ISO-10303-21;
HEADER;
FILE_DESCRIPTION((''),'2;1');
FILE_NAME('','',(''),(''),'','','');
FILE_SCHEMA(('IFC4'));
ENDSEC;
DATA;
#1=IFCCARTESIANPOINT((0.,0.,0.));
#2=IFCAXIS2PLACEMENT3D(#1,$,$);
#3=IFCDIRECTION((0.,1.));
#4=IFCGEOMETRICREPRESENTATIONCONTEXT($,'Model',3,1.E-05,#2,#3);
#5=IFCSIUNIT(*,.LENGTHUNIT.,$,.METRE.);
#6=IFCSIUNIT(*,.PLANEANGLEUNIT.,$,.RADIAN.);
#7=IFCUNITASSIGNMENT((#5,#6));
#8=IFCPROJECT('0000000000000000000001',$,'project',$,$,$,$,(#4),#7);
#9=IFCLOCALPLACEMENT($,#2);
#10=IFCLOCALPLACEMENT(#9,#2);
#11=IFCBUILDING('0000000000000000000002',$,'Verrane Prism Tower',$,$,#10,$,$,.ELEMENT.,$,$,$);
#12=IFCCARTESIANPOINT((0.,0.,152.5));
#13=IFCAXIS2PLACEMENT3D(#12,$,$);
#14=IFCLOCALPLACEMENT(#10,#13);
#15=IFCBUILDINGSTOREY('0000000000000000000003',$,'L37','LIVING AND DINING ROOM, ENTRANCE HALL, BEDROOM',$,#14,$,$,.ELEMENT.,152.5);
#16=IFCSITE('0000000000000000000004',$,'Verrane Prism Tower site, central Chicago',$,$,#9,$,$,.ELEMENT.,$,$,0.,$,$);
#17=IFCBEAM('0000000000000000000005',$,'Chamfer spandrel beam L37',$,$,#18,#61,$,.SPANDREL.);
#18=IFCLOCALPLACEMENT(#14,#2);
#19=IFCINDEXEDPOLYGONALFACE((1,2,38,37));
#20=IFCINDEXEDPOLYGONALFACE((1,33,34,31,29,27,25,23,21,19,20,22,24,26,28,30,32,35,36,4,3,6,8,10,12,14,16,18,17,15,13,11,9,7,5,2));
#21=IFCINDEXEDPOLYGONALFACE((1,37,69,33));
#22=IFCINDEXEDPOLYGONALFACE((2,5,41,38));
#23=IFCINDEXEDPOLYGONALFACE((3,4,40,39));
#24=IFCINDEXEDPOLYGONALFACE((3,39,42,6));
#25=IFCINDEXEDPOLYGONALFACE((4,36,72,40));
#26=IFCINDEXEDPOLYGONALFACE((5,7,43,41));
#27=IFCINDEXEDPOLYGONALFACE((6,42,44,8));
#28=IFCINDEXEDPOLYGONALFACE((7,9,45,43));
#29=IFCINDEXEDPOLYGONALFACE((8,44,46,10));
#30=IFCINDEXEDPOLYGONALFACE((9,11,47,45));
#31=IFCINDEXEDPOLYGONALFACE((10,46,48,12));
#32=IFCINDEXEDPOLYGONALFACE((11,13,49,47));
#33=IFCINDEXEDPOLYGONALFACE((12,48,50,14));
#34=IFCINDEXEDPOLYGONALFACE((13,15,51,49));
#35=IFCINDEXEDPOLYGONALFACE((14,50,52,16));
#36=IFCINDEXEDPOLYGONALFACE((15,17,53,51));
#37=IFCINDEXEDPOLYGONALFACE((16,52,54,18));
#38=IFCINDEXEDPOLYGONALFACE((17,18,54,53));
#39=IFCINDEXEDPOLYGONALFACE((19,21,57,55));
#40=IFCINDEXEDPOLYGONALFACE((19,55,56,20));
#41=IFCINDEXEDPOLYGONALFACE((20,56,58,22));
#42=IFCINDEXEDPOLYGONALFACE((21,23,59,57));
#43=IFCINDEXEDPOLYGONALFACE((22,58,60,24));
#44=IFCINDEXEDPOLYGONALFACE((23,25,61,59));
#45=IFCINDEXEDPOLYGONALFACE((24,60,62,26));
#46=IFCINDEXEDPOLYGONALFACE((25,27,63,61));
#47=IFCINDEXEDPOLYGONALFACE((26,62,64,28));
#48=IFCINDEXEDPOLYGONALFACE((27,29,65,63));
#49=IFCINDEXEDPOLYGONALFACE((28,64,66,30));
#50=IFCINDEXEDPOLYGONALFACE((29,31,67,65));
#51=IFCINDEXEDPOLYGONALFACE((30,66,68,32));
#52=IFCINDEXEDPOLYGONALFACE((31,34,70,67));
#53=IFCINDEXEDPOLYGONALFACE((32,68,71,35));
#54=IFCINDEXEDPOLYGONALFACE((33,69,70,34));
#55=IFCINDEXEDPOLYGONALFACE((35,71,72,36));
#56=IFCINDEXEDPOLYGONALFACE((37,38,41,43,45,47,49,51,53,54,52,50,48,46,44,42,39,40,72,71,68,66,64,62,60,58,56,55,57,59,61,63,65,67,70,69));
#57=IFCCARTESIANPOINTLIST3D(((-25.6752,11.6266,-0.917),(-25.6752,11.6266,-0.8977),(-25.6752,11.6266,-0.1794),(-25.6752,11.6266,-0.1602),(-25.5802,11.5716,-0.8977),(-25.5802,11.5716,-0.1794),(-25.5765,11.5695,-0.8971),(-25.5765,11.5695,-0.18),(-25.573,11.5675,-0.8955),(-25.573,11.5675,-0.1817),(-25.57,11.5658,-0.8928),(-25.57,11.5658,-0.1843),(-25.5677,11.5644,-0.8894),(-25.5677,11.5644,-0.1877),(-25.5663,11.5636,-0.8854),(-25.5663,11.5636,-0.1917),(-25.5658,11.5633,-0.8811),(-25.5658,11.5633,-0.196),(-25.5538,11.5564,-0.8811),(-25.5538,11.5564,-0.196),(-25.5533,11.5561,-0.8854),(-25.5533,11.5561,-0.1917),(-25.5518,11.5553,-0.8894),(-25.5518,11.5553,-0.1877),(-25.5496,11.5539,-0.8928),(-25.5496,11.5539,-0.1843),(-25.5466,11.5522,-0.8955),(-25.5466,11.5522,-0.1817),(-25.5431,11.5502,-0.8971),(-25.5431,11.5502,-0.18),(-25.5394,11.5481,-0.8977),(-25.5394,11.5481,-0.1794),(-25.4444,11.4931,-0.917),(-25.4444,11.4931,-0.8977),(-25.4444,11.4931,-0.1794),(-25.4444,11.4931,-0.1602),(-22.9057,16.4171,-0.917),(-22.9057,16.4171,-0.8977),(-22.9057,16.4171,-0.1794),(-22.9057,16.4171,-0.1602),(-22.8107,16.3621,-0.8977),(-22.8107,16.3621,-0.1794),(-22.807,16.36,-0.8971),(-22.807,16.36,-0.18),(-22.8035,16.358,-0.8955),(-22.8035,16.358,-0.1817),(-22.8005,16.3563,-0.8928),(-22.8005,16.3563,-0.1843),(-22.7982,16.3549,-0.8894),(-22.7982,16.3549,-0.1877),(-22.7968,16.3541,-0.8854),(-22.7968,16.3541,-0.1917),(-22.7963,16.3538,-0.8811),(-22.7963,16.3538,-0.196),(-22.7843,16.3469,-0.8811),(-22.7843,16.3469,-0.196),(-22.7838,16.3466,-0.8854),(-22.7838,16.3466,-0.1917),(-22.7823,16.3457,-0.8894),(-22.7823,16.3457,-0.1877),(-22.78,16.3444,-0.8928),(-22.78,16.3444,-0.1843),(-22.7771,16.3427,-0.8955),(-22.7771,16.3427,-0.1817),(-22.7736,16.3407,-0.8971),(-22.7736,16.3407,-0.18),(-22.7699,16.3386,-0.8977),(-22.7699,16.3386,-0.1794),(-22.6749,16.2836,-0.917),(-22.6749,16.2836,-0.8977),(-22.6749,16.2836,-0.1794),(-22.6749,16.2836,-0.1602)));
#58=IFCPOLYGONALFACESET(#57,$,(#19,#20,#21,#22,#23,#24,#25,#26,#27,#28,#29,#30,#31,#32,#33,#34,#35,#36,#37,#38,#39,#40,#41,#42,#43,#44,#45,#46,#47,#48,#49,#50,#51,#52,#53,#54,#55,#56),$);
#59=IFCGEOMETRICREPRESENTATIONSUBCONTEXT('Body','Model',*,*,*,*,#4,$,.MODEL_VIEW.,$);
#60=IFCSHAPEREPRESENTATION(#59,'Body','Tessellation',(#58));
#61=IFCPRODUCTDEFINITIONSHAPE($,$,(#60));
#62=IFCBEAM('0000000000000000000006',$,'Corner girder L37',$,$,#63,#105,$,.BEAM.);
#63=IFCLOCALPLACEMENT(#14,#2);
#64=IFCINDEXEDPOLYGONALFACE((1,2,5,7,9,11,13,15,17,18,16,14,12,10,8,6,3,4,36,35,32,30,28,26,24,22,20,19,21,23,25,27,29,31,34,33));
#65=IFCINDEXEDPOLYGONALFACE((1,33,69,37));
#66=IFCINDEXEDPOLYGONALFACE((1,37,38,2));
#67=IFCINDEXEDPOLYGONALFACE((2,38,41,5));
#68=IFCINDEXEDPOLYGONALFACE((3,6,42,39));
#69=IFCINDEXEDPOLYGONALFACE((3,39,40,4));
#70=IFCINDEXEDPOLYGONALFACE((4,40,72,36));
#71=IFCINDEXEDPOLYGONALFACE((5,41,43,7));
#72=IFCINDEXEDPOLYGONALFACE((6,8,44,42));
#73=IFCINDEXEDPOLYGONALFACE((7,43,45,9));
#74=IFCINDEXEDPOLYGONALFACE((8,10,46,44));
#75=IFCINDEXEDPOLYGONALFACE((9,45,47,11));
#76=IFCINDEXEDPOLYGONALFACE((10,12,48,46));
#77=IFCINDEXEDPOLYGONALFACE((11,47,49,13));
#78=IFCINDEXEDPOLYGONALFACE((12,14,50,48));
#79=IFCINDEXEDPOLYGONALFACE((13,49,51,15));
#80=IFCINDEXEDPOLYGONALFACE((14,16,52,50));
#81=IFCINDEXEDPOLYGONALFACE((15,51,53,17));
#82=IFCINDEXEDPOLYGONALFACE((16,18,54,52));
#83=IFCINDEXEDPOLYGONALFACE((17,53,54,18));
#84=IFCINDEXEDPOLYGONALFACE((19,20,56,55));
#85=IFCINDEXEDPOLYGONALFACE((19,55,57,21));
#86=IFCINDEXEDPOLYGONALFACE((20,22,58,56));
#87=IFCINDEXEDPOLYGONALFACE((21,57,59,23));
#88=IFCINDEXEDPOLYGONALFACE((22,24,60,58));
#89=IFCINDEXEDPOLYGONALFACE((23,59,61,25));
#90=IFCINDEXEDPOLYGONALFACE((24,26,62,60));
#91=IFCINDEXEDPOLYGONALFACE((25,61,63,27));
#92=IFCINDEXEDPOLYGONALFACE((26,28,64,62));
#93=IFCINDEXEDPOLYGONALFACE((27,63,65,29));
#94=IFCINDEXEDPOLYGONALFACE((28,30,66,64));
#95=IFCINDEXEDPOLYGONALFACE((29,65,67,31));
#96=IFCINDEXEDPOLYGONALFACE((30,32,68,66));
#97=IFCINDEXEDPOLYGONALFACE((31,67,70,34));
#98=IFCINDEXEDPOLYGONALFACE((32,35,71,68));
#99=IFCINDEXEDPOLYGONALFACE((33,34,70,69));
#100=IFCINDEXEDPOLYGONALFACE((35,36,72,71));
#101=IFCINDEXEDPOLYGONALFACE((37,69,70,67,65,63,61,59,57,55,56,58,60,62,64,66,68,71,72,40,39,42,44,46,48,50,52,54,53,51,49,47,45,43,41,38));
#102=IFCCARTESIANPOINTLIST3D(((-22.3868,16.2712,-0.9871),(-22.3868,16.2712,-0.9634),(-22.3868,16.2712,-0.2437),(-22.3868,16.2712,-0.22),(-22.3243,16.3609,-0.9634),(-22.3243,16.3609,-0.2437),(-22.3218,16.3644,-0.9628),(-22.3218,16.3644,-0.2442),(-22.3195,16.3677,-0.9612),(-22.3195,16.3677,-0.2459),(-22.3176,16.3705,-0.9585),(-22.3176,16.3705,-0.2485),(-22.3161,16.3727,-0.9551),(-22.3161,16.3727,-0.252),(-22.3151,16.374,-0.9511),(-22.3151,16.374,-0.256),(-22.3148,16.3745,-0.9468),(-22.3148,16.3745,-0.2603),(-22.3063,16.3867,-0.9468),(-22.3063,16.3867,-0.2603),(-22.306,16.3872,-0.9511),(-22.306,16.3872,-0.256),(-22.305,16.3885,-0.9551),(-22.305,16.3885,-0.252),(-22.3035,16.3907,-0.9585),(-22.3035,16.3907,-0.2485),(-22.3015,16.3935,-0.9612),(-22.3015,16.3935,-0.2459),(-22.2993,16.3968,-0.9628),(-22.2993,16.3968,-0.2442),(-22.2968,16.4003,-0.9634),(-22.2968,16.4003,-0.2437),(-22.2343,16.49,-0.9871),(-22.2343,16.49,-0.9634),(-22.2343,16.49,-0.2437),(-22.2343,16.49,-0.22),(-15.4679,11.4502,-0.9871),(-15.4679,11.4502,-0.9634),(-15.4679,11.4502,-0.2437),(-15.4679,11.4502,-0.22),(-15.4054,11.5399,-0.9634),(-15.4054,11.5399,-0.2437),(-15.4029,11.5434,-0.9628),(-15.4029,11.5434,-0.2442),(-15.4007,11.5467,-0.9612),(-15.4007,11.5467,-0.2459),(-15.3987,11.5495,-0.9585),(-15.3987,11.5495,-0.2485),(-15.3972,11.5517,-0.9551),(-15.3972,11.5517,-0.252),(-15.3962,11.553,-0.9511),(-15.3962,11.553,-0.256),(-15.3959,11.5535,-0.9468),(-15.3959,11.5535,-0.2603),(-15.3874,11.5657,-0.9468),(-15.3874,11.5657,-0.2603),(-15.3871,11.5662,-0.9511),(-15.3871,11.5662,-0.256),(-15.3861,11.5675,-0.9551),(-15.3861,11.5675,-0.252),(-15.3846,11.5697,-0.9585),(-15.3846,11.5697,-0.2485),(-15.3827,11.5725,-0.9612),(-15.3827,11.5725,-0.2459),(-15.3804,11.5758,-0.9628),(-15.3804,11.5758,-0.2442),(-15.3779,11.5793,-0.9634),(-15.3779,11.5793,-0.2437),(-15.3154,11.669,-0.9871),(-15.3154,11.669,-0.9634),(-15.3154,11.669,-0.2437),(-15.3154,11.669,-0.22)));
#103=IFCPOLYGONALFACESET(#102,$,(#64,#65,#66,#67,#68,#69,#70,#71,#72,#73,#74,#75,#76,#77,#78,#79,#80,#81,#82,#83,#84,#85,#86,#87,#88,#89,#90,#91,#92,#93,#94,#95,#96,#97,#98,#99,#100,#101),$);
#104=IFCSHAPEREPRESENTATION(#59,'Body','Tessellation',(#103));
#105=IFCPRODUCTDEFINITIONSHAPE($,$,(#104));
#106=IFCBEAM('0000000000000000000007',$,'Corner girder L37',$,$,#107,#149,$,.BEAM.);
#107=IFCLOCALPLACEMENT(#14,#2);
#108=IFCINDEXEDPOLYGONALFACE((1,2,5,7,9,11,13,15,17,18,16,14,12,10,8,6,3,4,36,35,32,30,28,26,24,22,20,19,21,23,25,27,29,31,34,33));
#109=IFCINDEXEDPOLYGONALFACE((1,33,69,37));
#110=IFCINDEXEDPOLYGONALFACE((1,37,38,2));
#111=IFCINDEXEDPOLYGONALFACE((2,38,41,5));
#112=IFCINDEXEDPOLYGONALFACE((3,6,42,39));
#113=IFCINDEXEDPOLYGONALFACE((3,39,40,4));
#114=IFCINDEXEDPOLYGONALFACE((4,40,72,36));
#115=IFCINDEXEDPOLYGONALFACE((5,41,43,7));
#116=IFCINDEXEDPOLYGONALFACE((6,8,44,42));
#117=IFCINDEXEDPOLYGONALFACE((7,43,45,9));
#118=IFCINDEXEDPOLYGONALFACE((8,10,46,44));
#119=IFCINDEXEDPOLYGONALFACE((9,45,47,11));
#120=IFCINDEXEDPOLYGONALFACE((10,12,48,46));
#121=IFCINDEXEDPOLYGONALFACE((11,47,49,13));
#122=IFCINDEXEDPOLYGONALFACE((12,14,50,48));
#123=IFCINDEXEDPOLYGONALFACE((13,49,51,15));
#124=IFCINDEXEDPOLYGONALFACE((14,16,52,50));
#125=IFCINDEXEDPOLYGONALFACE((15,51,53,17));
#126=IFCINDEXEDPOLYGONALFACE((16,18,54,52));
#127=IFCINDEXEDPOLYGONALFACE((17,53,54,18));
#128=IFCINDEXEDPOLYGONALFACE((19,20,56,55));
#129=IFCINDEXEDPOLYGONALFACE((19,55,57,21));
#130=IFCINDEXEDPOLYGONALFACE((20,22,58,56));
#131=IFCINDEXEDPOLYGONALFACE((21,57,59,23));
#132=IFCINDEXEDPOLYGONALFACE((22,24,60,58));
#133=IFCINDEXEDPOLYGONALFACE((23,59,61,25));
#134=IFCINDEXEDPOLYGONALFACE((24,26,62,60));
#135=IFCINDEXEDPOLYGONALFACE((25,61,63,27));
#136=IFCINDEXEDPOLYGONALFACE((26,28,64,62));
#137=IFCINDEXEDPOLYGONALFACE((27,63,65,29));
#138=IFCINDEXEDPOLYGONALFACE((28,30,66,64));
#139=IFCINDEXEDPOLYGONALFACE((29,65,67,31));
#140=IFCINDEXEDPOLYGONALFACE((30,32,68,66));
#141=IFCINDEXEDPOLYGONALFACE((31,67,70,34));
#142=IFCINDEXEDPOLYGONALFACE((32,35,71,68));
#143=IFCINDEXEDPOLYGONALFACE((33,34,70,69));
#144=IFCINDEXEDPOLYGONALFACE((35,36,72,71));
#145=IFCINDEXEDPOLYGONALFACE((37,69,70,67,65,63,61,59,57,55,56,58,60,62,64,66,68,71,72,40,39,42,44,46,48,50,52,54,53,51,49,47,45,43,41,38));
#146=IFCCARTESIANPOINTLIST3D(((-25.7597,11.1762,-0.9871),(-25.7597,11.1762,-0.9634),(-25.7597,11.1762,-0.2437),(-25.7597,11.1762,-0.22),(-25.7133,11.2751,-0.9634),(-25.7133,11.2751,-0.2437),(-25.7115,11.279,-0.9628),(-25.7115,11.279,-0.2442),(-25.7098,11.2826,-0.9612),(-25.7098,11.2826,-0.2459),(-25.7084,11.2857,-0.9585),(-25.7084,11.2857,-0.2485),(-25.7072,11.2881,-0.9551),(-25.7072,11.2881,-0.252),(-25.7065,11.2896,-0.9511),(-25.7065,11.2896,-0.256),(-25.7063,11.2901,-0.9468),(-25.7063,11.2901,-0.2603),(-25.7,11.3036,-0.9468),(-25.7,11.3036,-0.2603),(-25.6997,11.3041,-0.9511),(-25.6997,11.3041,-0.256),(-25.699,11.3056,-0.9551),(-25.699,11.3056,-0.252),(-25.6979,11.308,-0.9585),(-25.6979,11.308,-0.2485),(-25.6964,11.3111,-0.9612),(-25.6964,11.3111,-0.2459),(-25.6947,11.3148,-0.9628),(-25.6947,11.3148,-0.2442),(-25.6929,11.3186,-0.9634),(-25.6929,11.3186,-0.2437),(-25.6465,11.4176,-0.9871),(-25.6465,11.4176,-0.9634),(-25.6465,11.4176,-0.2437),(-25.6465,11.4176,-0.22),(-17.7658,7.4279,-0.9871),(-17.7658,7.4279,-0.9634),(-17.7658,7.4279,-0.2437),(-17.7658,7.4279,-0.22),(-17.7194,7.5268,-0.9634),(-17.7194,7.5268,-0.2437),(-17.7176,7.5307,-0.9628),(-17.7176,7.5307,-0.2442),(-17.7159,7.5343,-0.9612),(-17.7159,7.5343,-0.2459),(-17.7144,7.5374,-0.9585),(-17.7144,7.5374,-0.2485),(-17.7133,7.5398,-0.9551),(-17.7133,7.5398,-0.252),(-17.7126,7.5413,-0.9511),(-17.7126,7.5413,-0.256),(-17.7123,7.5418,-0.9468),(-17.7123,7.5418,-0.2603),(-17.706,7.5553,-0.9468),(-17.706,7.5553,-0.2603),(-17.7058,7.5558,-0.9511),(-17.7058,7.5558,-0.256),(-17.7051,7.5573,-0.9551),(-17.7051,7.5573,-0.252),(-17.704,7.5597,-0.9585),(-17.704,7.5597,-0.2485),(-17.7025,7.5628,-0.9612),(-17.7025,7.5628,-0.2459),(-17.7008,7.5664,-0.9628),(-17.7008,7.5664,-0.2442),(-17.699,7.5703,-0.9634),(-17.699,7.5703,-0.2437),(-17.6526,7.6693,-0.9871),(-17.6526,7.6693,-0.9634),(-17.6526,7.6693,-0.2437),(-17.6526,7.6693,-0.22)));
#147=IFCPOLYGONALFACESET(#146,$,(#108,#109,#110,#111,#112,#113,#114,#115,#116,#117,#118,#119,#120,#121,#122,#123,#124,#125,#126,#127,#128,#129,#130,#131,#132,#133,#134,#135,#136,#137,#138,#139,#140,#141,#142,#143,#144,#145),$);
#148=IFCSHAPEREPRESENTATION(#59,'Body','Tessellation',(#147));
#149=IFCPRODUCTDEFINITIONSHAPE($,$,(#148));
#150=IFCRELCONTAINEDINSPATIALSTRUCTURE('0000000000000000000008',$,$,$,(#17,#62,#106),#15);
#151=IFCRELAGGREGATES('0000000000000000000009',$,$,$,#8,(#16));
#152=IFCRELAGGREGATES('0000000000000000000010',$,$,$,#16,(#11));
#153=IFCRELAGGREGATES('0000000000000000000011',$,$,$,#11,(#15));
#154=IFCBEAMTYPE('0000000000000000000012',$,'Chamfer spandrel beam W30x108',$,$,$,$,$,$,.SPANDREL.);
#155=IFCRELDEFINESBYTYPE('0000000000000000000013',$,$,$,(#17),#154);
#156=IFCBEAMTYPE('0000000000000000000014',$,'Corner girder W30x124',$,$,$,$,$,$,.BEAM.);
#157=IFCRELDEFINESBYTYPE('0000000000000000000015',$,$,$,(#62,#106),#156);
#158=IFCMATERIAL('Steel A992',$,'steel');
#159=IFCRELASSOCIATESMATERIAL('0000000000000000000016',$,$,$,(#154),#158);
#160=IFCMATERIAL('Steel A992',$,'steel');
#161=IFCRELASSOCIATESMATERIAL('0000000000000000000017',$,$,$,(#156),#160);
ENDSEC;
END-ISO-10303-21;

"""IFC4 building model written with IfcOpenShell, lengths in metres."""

from ifc_helpers import new_model, si_unit, direction, frame, origin, origin_2d, place, context, subcontext, project, spatial, i_section, extrude, material, material_profile, profile_set, type_object, element, save


model = new_model("IFC4")

# Units and contexts
model_context = context("Model", 3, precision=1e-05, world=origin(), true_north=direction((0.0, 1.0)))
body_context = subcontext(model_context, "Body", "Model", "MODEL_VIEW")
ifc_project = project(units=[si_unit("LENGTHUNIT", "METRE"), si_unit("PLANEANGLEUNIT", "RADIAN")], contexts=[model_context])

# Site, building, storey
site_placement = place(None, origin())
site = spatial("IfcSite", under=ifc_project, at=site_placement, Name="Verrane Prism Tower site, central Chicago", CompositionType="ELEMENT", RefElevation=0.0)
building_placement = place(site_placement, origin())
building = spatial("IfcBuilding", under=site, at=building_placement, Name="Verrane Prism Tower", CompositionType="ELEMENT")
storey_placement = place(building_placement, frame((0.0, 0.0, 152.5)))
storey = spatial("IfcBuildingStorey", under=building, at=storey_placement, Name="L37", Description="LIVING AND DINING ROOM, ENTRANCE HALL, BEDROOM", CompositionType="ELEMENT", Elevation=152.5)

# Beams
ifc_material_1 = material(Name="Steel A992", Category="steel")
ifc_material_profile_1 = material_profile(ifc_material_1, i_section(OverallWidth=0.2666, OverallDepth=0.7568, WebThickness=0.0139, FlangeThickness=0.0193, FilletRadius=0.0166, at=origin_2d()), Name="W30x108")
ifc_profile_set_1 = profile_set([ifc_material_profile_1], Name="Steel A992")
beam_type_1 = type_object("IfcBeamType", Name="Chamfer spandrel beam W30x108", PredefinedType="SPANDREL", material=ifc_profile_set_1)
beam_1_placement = place(storey_placement, frame((-22.7903, 16.3503, -0.5386), z_axis=(-0.500504, -0.865734, 0.0), x_axis=(0.865734, -0.500504, 0.0)))
element("IfcBeam", 1, at=beam_1_placement, inside=storey, type_object=beam_type_1, Name="Chamfer spandrel beam L37", PredefinedType="SPANDREL", context=body_context, shape_type="SweptSolid", body=[
    extrude(i_section(OverallWidth=0.2666, OverallDepth=0.7568, WebThickness=0.0139, FlangeThickness=0.0193, FilletRadius=0.0166, at=origin_2d()), origin(), (0.0, 0.0, 1.0), 5.5334),
])
ifc_material_2 = material(Name="Steel A992", Category="steel")
ifc_material_profile_2 = material_profile(ifc_material_2, i_section(OverallWidth=0.2666, OverallDepth=0.7671, WebThickness=0.0149, FlangeThickness=0.0237, FilletRadius=0.0166, at=origin_2d()), Name="W30x124")
ifc_profile_set_2 = profile_set([ifc_material_profile_2], Name="Steel A992")
beam_type_2 = type_object("IfcBeamType", Name="Corner girder W30x124", PredefinedType="BEAM", material=ifc_profile_set_2)
beam_2_placement = place(storey_placement, frame((-22.3105, 16.3806, -0.6035), z_axis=(0.820468, -0.571693, 0.0), x_axis=(0.571693, 0.820468, 0.0)))
element("IfcBeam", 2, at=beam_2_placement, inside=storey, type_object=beam_type_2, Name="Corner girder L37", PredefinedType="BEAM", context=body_context, shape_type="SweptSolid", body=[
    extrude(i_section(OverallWidth=0.2666, OverallDepth=0.7671, WebThickness=0.0149, FlangeThickness=0.0237, FilletRadius=0.0166, at=origin_2d()), origin(), (0.0, 0.0, 1.0), 8.4329),
])
beam_3_placement = place(storey_placement, frame((-25.7031, 11.2969, -0.6035), z_axis=(0.905409, -0.424541, 0.0), x_axis=(0.424541, 0.905409, 0.0)))
element("IfcBeam", 3, at=beam_3_placement, inside=storey, type_object=beam_type_2, Name="Corner girder L37", PredefinedType="BEAM", context=body_context, shape_type="SweptSolid", body=[
    extrude(i_section(OverallWidth=0.2666, OverallDepth=0.7671, WebThickness=0.0149, FlangeThickness=0.0237, FilletRadius=0.0166, at=origin_2d()), origin(), (0.0, 0.0, 1.0), 8.8291),
])

save(model, "model.ifc")
